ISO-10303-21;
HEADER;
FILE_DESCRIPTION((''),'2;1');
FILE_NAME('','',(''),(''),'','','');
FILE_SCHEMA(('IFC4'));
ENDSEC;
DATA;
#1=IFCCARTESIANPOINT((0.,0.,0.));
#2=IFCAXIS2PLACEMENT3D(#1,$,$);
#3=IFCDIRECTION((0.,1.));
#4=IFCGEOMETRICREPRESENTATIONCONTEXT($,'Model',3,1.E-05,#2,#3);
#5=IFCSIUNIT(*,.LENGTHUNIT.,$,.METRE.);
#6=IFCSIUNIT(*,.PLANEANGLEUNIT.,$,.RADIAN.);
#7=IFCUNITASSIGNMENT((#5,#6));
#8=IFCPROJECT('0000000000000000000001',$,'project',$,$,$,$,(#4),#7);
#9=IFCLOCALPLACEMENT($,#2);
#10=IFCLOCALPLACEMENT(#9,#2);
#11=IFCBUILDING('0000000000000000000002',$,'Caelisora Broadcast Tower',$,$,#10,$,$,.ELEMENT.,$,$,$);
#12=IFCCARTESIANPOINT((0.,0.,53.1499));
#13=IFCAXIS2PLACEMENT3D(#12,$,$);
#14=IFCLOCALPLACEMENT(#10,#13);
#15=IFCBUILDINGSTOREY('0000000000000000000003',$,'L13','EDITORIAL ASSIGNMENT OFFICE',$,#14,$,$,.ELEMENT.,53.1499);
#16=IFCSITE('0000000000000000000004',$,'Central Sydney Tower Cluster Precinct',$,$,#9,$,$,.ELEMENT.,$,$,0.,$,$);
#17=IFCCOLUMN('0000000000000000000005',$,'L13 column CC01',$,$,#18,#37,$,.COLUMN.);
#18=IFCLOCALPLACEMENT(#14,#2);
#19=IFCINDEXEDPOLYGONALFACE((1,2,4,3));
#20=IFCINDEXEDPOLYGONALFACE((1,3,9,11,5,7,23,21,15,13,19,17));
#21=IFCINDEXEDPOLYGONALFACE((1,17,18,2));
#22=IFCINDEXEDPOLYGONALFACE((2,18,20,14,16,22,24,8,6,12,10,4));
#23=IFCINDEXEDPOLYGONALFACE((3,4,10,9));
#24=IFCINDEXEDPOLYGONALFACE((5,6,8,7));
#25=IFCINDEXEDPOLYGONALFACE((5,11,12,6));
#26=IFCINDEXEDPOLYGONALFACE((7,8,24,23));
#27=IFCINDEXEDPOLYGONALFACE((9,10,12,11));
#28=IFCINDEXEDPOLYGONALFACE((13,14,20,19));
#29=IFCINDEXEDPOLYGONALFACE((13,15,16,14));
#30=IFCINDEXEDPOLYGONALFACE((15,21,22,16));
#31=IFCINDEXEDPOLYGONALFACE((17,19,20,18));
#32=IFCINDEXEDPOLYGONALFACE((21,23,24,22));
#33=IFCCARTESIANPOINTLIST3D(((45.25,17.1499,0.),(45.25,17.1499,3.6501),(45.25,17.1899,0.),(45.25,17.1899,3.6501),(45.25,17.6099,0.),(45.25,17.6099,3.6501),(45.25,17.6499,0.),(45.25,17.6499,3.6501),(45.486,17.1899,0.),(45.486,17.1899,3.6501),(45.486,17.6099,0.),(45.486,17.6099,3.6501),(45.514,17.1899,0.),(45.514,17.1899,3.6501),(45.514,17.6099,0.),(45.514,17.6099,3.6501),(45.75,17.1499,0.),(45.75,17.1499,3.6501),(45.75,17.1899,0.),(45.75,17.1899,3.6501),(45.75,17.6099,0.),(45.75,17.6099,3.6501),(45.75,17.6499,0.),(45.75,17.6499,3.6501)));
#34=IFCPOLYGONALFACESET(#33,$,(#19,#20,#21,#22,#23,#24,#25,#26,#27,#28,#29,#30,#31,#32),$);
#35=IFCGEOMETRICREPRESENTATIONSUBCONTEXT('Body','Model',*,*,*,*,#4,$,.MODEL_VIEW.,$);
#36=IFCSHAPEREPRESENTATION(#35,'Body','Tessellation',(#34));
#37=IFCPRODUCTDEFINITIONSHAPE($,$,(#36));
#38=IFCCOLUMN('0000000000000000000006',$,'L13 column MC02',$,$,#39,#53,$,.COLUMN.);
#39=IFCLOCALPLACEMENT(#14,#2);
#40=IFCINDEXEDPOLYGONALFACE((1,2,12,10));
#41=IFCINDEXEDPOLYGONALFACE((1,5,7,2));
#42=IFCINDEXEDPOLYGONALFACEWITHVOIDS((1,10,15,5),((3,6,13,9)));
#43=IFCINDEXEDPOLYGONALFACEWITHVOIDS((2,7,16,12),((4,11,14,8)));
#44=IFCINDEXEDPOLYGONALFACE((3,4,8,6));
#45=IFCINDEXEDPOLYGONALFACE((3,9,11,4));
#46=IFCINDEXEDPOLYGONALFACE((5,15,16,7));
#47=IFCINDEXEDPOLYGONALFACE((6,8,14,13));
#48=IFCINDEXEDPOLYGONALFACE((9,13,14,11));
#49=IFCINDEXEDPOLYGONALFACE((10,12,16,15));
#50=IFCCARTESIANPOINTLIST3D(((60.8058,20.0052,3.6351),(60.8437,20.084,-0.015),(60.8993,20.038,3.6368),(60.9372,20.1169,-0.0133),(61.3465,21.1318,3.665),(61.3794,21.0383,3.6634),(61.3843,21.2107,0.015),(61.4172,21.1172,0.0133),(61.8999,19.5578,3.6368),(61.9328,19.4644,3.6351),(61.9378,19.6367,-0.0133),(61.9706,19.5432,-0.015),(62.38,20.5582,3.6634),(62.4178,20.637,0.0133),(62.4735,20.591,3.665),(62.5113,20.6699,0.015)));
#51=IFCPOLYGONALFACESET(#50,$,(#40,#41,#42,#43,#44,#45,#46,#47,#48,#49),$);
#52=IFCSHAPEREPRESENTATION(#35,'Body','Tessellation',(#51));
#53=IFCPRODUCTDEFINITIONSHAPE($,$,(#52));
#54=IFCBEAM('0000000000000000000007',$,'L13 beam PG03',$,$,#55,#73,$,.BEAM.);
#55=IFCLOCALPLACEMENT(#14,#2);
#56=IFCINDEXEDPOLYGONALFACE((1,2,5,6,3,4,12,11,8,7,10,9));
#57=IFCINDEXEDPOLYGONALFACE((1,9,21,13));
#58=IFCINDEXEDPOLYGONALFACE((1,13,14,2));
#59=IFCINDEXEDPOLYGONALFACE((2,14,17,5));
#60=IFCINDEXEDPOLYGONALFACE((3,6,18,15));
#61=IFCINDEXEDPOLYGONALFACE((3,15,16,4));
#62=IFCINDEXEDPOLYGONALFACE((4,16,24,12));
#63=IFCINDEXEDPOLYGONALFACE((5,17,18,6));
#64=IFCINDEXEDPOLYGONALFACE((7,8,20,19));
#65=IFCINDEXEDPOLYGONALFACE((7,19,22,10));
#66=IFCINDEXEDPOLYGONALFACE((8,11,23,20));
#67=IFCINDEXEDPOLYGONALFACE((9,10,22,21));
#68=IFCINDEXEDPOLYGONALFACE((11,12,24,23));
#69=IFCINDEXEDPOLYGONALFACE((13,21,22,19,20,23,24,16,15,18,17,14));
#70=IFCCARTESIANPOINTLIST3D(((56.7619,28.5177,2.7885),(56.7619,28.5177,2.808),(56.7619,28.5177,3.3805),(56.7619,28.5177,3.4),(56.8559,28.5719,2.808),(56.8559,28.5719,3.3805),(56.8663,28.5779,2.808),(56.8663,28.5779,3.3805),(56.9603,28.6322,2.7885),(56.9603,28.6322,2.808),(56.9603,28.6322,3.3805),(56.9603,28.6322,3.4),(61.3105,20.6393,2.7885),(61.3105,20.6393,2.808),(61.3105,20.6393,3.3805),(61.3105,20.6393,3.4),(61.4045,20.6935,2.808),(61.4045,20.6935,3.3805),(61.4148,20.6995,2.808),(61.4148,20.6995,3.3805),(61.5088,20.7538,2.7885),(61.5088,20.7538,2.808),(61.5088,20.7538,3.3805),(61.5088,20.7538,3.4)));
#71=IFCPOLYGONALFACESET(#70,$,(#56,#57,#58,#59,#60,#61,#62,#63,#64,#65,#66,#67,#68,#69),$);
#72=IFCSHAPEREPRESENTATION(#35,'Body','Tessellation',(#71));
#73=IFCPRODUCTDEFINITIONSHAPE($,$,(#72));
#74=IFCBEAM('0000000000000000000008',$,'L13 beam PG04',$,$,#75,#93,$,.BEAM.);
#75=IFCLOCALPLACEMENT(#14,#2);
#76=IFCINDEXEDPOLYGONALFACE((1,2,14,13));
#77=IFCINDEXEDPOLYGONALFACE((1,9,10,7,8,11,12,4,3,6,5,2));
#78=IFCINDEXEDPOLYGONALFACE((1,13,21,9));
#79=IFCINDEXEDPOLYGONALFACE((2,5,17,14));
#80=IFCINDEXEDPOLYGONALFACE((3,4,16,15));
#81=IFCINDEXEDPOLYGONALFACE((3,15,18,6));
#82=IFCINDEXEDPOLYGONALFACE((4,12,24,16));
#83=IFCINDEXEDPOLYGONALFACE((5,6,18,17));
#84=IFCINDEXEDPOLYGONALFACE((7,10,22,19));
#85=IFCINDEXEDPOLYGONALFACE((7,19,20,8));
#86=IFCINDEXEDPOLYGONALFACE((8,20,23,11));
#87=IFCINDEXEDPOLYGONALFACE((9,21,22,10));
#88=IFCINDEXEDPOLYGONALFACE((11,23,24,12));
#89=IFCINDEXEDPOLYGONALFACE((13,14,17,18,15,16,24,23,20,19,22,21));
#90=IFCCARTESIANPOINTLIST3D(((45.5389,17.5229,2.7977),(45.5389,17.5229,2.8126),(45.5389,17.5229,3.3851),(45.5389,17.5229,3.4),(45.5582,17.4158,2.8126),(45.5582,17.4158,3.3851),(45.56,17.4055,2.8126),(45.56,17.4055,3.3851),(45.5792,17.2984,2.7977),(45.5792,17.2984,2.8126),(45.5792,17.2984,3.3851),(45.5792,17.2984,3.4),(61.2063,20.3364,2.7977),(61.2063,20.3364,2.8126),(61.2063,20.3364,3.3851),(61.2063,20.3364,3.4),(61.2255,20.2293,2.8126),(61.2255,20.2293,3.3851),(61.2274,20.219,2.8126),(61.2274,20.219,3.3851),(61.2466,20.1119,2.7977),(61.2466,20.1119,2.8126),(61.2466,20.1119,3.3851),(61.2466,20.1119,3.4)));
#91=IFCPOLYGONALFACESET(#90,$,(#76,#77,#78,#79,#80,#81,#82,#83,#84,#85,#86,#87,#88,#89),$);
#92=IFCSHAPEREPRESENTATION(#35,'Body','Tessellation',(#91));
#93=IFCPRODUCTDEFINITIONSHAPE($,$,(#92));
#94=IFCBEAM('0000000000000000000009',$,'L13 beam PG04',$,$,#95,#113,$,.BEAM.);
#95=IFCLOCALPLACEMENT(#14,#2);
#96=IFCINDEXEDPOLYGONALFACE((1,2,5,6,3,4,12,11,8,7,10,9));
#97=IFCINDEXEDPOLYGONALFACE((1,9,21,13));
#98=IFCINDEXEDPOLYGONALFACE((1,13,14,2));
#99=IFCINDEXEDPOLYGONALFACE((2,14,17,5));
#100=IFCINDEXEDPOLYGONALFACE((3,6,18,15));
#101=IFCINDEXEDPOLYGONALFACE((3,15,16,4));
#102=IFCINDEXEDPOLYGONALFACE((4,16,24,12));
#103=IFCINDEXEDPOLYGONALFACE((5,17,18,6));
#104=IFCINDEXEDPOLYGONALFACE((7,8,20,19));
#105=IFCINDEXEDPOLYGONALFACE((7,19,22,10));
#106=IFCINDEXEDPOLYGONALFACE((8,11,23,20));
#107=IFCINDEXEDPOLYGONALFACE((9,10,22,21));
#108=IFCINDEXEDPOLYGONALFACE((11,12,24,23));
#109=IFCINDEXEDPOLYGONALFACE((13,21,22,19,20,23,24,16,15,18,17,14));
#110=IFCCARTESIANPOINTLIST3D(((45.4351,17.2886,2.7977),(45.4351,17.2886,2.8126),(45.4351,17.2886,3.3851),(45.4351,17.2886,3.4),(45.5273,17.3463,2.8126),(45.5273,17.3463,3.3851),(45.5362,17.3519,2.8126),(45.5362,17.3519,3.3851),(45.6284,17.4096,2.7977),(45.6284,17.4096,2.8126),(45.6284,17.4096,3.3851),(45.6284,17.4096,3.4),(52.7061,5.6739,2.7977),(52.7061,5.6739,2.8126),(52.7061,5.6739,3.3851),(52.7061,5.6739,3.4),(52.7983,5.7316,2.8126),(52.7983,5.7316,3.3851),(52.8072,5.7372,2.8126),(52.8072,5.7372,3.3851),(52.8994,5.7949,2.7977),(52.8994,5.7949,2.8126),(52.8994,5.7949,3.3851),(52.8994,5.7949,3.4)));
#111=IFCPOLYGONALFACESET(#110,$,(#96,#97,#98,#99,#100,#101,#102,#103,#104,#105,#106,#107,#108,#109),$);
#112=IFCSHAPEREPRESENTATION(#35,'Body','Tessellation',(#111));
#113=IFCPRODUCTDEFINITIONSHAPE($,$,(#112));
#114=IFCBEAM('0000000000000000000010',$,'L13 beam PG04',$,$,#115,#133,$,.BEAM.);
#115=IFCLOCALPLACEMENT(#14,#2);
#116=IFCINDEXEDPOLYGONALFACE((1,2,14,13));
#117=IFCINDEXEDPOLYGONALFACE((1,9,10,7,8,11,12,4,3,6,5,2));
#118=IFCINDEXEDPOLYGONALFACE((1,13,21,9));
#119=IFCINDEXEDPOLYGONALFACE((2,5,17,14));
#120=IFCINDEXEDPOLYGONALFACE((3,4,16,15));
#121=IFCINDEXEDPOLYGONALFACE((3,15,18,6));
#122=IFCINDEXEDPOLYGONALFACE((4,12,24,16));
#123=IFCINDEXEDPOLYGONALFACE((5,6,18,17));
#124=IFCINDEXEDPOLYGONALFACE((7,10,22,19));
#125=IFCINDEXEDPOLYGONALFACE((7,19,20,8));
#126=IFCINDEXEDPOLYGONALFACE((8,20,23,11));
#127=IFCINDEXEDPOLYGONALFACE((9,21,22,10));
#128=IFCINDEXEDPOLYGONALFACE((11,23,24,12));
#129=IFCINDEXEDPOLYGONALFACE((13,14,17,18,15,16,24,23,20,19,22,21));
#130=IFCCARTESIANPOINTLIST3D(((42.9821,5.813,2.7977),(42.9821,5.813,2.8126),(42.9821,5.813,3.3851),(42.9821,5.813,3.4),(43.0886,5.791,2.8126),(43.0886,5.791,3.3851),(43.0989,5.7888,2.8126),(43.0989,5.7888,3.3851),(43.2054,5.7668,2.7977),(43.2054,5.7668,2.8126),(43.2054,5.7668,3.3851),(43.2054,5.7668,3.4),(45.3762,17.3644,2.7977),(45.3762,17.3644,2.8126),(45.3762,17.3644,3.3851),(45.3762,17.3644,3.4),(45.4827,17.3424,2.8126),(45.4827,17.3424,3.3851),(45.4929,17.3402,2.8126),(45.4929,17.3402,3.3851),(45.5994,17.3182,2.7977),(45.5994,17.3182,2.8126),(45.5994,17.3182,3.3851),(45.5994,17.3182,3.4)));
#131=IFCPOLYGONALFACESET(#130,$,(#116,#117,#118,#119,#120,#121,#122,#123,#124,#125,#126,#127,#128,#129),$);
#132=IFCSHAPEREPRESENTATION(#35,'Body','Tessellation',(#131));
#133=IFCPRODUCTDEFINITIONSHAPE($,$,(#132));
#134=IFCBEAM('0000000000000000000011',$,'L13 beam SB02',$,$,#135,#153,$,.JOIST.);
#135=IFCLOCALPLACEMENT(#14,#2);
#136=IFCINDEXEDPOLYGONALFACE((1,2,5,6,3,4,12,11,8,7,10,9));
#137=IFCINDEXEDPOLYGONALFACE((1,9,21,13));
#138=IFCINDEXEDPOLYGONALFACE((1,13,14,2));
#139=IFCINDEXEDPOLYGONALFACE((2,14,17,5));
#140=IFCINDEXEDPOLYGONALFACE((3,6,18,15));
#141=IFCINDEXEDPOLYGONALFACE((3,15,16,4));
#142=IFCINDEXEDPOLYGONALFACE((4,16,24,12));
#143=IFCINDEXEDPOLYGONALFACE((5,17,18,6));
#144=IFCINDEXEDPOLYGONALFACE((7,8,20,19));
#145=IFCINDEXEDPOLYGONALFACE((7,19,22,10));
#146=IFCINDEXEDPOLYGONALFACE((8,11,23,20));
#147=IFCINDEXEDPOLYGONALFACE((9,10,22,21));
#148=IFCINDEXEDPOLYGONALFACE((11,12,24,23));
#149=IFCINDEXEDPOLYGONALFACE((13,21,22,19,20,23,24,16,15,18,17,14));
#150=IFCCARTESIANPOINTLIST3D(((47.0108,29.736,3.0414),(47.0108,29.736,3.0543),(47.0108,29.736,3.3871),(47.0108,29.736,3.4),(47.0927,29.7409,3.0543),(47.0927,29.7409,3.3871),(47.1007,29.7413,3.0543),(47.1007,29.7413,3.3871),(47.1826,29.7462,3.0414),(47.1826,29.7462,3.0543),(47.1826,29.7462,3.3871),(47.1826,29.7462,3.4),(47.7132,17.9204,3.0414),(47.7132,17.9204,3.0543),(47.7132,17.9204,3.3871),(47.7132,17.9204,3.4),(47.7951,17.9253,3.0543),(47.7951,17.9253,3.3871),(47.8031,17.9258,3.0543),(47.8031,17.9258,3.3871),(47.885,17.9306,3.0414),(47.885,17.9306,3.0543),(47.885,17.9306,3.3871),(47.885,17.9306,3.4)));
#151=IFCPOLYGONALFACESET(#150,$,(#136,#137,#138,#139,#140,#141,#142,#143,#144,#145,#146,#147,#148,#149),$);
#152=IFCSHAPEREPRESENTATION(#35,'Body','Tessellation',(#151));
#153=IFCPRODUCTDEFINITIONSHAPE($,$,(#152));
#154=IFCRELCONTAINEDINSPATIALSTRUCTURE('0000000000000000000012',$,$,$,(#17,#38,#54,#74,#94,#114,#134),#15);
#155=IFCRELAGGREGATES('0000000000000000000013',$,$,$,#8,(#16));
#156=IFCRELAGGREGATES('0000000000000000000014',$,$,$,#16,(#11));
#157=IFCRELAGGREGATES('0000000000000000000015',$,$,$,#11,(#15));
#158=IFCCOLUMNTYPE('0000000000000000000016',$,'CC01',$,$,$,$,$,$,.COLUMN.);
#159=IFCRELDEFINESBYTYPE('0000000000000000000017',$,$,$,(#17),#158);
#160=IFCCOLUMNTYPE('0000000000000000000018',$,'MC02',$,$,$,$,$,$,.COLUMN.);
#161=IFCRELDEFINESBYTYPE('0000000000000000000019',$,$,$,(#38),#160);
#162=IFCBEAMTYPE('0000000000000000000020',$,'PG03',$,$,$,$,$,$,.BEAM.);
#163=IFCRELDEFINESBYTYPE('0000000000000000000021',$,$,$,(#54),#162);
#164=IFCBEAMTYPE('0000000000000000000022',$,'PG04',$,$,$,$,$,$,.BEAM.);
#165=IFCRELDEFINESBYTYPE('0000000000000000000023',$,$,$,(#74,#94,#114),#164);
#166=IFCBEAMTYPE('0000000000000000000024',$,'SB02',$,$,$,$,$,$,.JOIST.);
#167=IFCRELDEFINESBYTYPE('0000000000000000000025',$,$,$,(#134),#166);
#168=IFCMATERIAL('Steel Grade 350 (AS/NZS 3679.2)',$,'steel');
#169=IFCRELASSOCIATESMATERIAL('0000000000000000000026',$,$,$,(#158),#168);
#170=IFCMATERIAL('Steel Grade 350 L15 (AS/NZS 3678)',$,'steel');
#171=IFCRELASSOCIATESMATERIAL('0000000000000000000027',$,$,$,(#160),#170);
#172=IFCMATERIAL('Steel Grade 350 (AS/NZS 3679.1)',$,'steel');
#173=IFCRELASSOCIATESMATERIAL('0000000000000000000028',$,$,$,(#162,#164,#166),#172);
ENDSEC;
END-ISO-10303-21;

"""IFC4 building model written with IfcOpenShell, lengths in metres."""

from ifc_helpers import new_model, si_unit, direction, frame, origin, origin_2d, place, context, subcontext, project, spatial, hollow_rectangle, i_section, extrude, source, transform, mapped, material, material_profile, profile_set, type_object, type_shapes, element, save


model = new_model("IFC4")

# Units and contexts
model_context = context("Model", 3, precision=1e-05, world=origin(), true_north=direction((0.0, 1.0)))
body_context = subcontext(model_context, "Body", "Model", "MODEL_VIEW")
ifc_project = project(units=[si_unit("LENGTHUNIT", "METRE"), si_unit("PLANEANGLEUNIT", "RADIAN")], contexts=[model_context])

# Site, building, storey
site_placement = place(None, origin())
site = spatial("IfcSite", under=ifc_project, at=site_placement, Name="Central Sydney Tower Cluster Precinct", CompositionType="ELEMENT", RefElevation=0.0)
building_placement = place(site_placement, origin())
building = spatial("IfcBuilding", under=site, at=building_placement, Name="Caelisora Broadcast Tower", CompositionType="ELEMENT")
storey_placement = place(building_placement, frame((0.0, 0.0, 53.1499)))
storey = spatial("IfcBuildingStorey", under=building, at=storey_placement, Name="L13", Description="EDITORIAL ASSIGNMENT OFFICE", CompositionType="ELEMENT", Elevation=53.1499)

# Columns
ifc_material_1 = material(Name="Steel Grade 350 (AS/NZS 3679.2)", Category="steel")
ifc_material_profile_1 = material_profile(ifc_material_1, i_section(OverallWidth=0.5, OverallDepth=0.5, WebThickness=0.0281, FlangeThickness=0.04, at=origin_2d()), Name="Steel Grade 350 (AS/NZS 3679.2)")
ifc_profile_set_1 = profile_set([ifc_material_profile_1], Name="Steel Grade 350 (AS/NZS 3679.2)")
column_type_1 = type_object("IfcColumnType", Name="CC01", PredefinedType="COLUMN", material=ifc_profile_set_1)
shared_shape_1 = source(origin(), body_context, "Body", "SweptSolid", [
    extrude(i_section(OverallWidth=0.5, OverallDepth=0.5, WebThickness=0.0281, FlangeThickness=0.04, at=origin_2d()), origin(), (0.0, 0.0, 1.0), 3.6501),
])
type_shapes(column_type_1, [shared_shape_1])
column_1_placement = place(storey_placement, frame((45.5, 17.3999, 0.0), z_axis=(0.0, 0.0, 1.0), x_axis=(1.0, 0.0, 0.0)))
element("IfcColumn", 1, at=column_1_placement, inside=storey, type_object=column_type_1, Name="L13 column CC01", PredefinedType="COLUMN", context=body_context, shape_type="MappedRepresentation", body=[
    mapped(shared_shape_1, transform((0.0, 0.0, 0.0), scale=1.0)),
])
ifc_material_2 = material(Name="Steel Grade 350 L15 (AS/NZS 3678)", Category="steel")
ifc_material_profile_2 = material_profile(ifc_material_2, hollow_rectangle(XDim=1.25, YDim=1.25, WallThickness=0.0701, at=origin_2d()), Name="Steel Grade 350 L15 (AS/NZS 3678)")
ifc_profile_set_2 = profile_set([ifc_material_profile_2], Name="Steel Grade 350 L15 (AS/NZS 3678)")
column_type_2 = type_object("IfcColumnType", Name="MC02", PredefinedType="COLUMN", material=ifc_profile_set_2)
shared_shape_2 = source(origin(), body_context, "Body", "SweptSolid", [
    extrude(hollow_rectangle(XDim=1.25, YDim=1.25, WallThickness=0.0701, at=origin_2d()), origin(), (0.0, 0.0, 1.0), 3.6511),
])
type_shapes(column_type_2, [shared_shape_2])
column_2_placement = place(storey_placement, frame((61.6775, 20.377, 0.0), z_axis=(-0.010364, -0.021598, 0.999713), x_axis=(0.901567, -0.43264, 0.0)))
element("IfcColumn", 2, at=column_2_placement, inside=storey, type_object=column_type_2, Name="L13 column MC02", PredefinedType="COLUMN", context=body_context, shape_type="MappedRepresentation", body=[
    mapped(shared_shape_2, transform((0.0, 0.0, 0.0), scale=1.0)),
])

# Beams
ifc_material_3 = material(Name="Steel Grade 350 (AS/NZS 3679.1)", Category="steel")
ifc_material_profile_3 = material_profile(ifc_material_3, i_section(OverallWidth=0.229, OverallDepth=0.6116, WebThickness=0.012, FlangeThickness=0.0195, at=origin_2d()), Name="Steel Grade 350 (AS/NZS 3679.1)")
ifc_profile_set_3 = profile_set([ifc_material_profile_3], Name="Steel Grade 350 (AS/NZS 3679.1)")
beam_type_1 = type_object("IfcBeamType", Name="PG03", PredefinedType="BEAM", material=ifc_profile_set_3)
shared_shape_3 = source(origin(), body_context, "Body", "SweptSolid", [
    extrude(i_section(OverallWidth=0.229, OverallDepth=0.6116, WebThickness=0.012, FlangeThickness=0.0195, at=origin_2d()), origin(), (0.0, 0.0, 1.0), 9.0972),
])
type_shapes(beam_type_1, [shared_shape_3])
beam_1_placement = place(storey_placement, frame((61.4097, 20.6965, 3.0942), z_axis=(-0.499998, 0.866026, 0.0), x_axis=(-0.866026, -0.499998, 0.0)))
element("IfcBeam", 3, at=beam_1_placement, inside=storey, type_object=beam_type_1, Name="L13 beam PG03", PredefinedType="BEAM", context=body_context, shape_type="MappedRepresentation", body=[
    mapped(shared_shape_3, transform((0.0, 0.0, 0.0), scale=1.0)),
])
ifc_material_profile_4 = material_profile(ifc_material_3, i_section(OverallWidth=0.228, OverallDepth=0.6023, WebThickness=0.0105, FlangeThickness=0.0149, at=origin_2d()), Name="Steel Grade 350 (AS/NZS 3679.1)")
ifc_profile_set_4 = profile_set([ifc_material_profile_4], Name="Steel Grade 350 (AS/NZS 3679.1)")
beam_type_2 = type_object("IfcBeamType", Name="PG04", PredefinedType="BEAM", material=ifc_profile_set_4)
shared_shape_4 = source(origin(), body_context, "Body", "SweptSolid", [
    extrude(i_section(OverallWidth=0.228, OverallDepth=0.6023, WebThickness=0.0105, FlangeThickness=0.0149, at=origin_2d()), origin(), (0.0, 0.0, 1.0), 15.918),
])
beam_2_placement = place(storey_placement, frame((45.5591, 17.4106, 3.0989), z_axis=(0.984256, 0.17675, 0.0), x_axis=(-0.17675, 0.984256, 0.0)))
element("IfcBeam", 4, at=beam_2_placement, inside=storey, type_object=beam_type_2, Name="L13 beam PG04", PredefinedType="BEAM", context=body_context, shape_type="MappedRepresentation", body=[
    mapped(shared_shape_4, transform((0.0, 0.0, 0.0), scale=1.0)),
])
shared_shape_5 = source(origin(), body_context, "Body", "SweptSolid", [
    extrude(i_section(OverallWidth=0.228, OverallDepth=0.6023, WebThickness=0.0105, FlangeThickness=0.0149, at=origin_2d()), origin(), (0.0, 0.0, 1.0), 13.7029),
])
beam_3_placement = place(storey_placement, frame((45.5317, 17.3491, 3.0989), z_axis=(0.530617, -0.847612, 0.0), x_axis=(0.847612, 0.530617, 0.0)))
element("IfcBeam", 5, at=beam_3_placement, inside=storey, type_object=beam_type_2, Name="L13 beam PG04", PredefinedType="BEAM", context=body_context, shape_type="MappedRepresentation", body=[
    mapped(shared_shape_5, transform((0.0, 0.0, 0.0), scale=1.0)),
])
shared_shape_6 = source(origin(), body_context, "Body", "SweptSolid", [
    extrude(i_section(OverallWidth=0.228, OverallDepth=0.6023, WebThickness=0.0105, FlangeThickness=0.0149, at=origin_2d()), origin(), (0.0, 0.0, 1.0), 11.7969),
])
type_shapes(beam_type_2, [shared_shape_4, shared_shape_5, shared_shape_6])
beam_4_placement = place(storey_placement, frame((45.4878, 17.3413, 3.0989), z_axis=(-0.202937, -0.979192, 0.0), x_axis=(0.979192, -0.202937, 0.0)))
element("IfcBeam", 6, at=beam_4_placement, inside=storey, type_object=beam_type_2, Name="L13 beam PG04", PredefinedType="BEAM", context=body_context, shape_type="MappedRepresentation", body=[
    mapped(shared_shape_6, transform((0.0, 0.0, 0.0), scale=1.0)),
])
ifc_material_profile_5 = material_profile(ifc_material_3, i_section(OverallWidth=0.1721, OverallDepth=0.3586, WebThickness=0.0081, FlangeThickness=0.0129, at=origin_2d()), Name="Steel Grade 350 (AS/NZS 3679.1)")
ifc_profile_set_5 = profile_set([ifc_material_profile_5], Name="Steel Grade 350 (AS/NZS 3679.1)")
beam_type_3 = type_object("IfcBeamType", Name="SB02", PredefinedType="JOIST", material=ifc_profile_set_5)
shared_shape_7 = source(origin(), body_context, "Body", "SweptSolid", [
    extrude(i_section(OverallWidth=0.1721, OverallDepth=0.3586, WebThickness=0.0081, FlangeThickness=0.0129, at=origin_2d()), origin(), (0.0, 0.0, 1.0), 11.8364),
])
beam_5_placement = place(storey_placement, frame((47.7991, 17.9255, 3.2207), z_axis=(-0.059341, 0.998238, 0.0), x_axis=(-0.998238, -0.059341, 0.0)))
element("IfcBeam", 7, at=beam_5_placement, inside=storey, type_object=beam_type_3, Name="L13 beam SB02", PredefinedType="JOIST", context=body_context, shape_type="MappedRepresentation", body=[
    mapped(shared_shape_7, transform((0.0, 0.0, 0.0), scale=1.0)),
])

save(model, "model.ifc")
